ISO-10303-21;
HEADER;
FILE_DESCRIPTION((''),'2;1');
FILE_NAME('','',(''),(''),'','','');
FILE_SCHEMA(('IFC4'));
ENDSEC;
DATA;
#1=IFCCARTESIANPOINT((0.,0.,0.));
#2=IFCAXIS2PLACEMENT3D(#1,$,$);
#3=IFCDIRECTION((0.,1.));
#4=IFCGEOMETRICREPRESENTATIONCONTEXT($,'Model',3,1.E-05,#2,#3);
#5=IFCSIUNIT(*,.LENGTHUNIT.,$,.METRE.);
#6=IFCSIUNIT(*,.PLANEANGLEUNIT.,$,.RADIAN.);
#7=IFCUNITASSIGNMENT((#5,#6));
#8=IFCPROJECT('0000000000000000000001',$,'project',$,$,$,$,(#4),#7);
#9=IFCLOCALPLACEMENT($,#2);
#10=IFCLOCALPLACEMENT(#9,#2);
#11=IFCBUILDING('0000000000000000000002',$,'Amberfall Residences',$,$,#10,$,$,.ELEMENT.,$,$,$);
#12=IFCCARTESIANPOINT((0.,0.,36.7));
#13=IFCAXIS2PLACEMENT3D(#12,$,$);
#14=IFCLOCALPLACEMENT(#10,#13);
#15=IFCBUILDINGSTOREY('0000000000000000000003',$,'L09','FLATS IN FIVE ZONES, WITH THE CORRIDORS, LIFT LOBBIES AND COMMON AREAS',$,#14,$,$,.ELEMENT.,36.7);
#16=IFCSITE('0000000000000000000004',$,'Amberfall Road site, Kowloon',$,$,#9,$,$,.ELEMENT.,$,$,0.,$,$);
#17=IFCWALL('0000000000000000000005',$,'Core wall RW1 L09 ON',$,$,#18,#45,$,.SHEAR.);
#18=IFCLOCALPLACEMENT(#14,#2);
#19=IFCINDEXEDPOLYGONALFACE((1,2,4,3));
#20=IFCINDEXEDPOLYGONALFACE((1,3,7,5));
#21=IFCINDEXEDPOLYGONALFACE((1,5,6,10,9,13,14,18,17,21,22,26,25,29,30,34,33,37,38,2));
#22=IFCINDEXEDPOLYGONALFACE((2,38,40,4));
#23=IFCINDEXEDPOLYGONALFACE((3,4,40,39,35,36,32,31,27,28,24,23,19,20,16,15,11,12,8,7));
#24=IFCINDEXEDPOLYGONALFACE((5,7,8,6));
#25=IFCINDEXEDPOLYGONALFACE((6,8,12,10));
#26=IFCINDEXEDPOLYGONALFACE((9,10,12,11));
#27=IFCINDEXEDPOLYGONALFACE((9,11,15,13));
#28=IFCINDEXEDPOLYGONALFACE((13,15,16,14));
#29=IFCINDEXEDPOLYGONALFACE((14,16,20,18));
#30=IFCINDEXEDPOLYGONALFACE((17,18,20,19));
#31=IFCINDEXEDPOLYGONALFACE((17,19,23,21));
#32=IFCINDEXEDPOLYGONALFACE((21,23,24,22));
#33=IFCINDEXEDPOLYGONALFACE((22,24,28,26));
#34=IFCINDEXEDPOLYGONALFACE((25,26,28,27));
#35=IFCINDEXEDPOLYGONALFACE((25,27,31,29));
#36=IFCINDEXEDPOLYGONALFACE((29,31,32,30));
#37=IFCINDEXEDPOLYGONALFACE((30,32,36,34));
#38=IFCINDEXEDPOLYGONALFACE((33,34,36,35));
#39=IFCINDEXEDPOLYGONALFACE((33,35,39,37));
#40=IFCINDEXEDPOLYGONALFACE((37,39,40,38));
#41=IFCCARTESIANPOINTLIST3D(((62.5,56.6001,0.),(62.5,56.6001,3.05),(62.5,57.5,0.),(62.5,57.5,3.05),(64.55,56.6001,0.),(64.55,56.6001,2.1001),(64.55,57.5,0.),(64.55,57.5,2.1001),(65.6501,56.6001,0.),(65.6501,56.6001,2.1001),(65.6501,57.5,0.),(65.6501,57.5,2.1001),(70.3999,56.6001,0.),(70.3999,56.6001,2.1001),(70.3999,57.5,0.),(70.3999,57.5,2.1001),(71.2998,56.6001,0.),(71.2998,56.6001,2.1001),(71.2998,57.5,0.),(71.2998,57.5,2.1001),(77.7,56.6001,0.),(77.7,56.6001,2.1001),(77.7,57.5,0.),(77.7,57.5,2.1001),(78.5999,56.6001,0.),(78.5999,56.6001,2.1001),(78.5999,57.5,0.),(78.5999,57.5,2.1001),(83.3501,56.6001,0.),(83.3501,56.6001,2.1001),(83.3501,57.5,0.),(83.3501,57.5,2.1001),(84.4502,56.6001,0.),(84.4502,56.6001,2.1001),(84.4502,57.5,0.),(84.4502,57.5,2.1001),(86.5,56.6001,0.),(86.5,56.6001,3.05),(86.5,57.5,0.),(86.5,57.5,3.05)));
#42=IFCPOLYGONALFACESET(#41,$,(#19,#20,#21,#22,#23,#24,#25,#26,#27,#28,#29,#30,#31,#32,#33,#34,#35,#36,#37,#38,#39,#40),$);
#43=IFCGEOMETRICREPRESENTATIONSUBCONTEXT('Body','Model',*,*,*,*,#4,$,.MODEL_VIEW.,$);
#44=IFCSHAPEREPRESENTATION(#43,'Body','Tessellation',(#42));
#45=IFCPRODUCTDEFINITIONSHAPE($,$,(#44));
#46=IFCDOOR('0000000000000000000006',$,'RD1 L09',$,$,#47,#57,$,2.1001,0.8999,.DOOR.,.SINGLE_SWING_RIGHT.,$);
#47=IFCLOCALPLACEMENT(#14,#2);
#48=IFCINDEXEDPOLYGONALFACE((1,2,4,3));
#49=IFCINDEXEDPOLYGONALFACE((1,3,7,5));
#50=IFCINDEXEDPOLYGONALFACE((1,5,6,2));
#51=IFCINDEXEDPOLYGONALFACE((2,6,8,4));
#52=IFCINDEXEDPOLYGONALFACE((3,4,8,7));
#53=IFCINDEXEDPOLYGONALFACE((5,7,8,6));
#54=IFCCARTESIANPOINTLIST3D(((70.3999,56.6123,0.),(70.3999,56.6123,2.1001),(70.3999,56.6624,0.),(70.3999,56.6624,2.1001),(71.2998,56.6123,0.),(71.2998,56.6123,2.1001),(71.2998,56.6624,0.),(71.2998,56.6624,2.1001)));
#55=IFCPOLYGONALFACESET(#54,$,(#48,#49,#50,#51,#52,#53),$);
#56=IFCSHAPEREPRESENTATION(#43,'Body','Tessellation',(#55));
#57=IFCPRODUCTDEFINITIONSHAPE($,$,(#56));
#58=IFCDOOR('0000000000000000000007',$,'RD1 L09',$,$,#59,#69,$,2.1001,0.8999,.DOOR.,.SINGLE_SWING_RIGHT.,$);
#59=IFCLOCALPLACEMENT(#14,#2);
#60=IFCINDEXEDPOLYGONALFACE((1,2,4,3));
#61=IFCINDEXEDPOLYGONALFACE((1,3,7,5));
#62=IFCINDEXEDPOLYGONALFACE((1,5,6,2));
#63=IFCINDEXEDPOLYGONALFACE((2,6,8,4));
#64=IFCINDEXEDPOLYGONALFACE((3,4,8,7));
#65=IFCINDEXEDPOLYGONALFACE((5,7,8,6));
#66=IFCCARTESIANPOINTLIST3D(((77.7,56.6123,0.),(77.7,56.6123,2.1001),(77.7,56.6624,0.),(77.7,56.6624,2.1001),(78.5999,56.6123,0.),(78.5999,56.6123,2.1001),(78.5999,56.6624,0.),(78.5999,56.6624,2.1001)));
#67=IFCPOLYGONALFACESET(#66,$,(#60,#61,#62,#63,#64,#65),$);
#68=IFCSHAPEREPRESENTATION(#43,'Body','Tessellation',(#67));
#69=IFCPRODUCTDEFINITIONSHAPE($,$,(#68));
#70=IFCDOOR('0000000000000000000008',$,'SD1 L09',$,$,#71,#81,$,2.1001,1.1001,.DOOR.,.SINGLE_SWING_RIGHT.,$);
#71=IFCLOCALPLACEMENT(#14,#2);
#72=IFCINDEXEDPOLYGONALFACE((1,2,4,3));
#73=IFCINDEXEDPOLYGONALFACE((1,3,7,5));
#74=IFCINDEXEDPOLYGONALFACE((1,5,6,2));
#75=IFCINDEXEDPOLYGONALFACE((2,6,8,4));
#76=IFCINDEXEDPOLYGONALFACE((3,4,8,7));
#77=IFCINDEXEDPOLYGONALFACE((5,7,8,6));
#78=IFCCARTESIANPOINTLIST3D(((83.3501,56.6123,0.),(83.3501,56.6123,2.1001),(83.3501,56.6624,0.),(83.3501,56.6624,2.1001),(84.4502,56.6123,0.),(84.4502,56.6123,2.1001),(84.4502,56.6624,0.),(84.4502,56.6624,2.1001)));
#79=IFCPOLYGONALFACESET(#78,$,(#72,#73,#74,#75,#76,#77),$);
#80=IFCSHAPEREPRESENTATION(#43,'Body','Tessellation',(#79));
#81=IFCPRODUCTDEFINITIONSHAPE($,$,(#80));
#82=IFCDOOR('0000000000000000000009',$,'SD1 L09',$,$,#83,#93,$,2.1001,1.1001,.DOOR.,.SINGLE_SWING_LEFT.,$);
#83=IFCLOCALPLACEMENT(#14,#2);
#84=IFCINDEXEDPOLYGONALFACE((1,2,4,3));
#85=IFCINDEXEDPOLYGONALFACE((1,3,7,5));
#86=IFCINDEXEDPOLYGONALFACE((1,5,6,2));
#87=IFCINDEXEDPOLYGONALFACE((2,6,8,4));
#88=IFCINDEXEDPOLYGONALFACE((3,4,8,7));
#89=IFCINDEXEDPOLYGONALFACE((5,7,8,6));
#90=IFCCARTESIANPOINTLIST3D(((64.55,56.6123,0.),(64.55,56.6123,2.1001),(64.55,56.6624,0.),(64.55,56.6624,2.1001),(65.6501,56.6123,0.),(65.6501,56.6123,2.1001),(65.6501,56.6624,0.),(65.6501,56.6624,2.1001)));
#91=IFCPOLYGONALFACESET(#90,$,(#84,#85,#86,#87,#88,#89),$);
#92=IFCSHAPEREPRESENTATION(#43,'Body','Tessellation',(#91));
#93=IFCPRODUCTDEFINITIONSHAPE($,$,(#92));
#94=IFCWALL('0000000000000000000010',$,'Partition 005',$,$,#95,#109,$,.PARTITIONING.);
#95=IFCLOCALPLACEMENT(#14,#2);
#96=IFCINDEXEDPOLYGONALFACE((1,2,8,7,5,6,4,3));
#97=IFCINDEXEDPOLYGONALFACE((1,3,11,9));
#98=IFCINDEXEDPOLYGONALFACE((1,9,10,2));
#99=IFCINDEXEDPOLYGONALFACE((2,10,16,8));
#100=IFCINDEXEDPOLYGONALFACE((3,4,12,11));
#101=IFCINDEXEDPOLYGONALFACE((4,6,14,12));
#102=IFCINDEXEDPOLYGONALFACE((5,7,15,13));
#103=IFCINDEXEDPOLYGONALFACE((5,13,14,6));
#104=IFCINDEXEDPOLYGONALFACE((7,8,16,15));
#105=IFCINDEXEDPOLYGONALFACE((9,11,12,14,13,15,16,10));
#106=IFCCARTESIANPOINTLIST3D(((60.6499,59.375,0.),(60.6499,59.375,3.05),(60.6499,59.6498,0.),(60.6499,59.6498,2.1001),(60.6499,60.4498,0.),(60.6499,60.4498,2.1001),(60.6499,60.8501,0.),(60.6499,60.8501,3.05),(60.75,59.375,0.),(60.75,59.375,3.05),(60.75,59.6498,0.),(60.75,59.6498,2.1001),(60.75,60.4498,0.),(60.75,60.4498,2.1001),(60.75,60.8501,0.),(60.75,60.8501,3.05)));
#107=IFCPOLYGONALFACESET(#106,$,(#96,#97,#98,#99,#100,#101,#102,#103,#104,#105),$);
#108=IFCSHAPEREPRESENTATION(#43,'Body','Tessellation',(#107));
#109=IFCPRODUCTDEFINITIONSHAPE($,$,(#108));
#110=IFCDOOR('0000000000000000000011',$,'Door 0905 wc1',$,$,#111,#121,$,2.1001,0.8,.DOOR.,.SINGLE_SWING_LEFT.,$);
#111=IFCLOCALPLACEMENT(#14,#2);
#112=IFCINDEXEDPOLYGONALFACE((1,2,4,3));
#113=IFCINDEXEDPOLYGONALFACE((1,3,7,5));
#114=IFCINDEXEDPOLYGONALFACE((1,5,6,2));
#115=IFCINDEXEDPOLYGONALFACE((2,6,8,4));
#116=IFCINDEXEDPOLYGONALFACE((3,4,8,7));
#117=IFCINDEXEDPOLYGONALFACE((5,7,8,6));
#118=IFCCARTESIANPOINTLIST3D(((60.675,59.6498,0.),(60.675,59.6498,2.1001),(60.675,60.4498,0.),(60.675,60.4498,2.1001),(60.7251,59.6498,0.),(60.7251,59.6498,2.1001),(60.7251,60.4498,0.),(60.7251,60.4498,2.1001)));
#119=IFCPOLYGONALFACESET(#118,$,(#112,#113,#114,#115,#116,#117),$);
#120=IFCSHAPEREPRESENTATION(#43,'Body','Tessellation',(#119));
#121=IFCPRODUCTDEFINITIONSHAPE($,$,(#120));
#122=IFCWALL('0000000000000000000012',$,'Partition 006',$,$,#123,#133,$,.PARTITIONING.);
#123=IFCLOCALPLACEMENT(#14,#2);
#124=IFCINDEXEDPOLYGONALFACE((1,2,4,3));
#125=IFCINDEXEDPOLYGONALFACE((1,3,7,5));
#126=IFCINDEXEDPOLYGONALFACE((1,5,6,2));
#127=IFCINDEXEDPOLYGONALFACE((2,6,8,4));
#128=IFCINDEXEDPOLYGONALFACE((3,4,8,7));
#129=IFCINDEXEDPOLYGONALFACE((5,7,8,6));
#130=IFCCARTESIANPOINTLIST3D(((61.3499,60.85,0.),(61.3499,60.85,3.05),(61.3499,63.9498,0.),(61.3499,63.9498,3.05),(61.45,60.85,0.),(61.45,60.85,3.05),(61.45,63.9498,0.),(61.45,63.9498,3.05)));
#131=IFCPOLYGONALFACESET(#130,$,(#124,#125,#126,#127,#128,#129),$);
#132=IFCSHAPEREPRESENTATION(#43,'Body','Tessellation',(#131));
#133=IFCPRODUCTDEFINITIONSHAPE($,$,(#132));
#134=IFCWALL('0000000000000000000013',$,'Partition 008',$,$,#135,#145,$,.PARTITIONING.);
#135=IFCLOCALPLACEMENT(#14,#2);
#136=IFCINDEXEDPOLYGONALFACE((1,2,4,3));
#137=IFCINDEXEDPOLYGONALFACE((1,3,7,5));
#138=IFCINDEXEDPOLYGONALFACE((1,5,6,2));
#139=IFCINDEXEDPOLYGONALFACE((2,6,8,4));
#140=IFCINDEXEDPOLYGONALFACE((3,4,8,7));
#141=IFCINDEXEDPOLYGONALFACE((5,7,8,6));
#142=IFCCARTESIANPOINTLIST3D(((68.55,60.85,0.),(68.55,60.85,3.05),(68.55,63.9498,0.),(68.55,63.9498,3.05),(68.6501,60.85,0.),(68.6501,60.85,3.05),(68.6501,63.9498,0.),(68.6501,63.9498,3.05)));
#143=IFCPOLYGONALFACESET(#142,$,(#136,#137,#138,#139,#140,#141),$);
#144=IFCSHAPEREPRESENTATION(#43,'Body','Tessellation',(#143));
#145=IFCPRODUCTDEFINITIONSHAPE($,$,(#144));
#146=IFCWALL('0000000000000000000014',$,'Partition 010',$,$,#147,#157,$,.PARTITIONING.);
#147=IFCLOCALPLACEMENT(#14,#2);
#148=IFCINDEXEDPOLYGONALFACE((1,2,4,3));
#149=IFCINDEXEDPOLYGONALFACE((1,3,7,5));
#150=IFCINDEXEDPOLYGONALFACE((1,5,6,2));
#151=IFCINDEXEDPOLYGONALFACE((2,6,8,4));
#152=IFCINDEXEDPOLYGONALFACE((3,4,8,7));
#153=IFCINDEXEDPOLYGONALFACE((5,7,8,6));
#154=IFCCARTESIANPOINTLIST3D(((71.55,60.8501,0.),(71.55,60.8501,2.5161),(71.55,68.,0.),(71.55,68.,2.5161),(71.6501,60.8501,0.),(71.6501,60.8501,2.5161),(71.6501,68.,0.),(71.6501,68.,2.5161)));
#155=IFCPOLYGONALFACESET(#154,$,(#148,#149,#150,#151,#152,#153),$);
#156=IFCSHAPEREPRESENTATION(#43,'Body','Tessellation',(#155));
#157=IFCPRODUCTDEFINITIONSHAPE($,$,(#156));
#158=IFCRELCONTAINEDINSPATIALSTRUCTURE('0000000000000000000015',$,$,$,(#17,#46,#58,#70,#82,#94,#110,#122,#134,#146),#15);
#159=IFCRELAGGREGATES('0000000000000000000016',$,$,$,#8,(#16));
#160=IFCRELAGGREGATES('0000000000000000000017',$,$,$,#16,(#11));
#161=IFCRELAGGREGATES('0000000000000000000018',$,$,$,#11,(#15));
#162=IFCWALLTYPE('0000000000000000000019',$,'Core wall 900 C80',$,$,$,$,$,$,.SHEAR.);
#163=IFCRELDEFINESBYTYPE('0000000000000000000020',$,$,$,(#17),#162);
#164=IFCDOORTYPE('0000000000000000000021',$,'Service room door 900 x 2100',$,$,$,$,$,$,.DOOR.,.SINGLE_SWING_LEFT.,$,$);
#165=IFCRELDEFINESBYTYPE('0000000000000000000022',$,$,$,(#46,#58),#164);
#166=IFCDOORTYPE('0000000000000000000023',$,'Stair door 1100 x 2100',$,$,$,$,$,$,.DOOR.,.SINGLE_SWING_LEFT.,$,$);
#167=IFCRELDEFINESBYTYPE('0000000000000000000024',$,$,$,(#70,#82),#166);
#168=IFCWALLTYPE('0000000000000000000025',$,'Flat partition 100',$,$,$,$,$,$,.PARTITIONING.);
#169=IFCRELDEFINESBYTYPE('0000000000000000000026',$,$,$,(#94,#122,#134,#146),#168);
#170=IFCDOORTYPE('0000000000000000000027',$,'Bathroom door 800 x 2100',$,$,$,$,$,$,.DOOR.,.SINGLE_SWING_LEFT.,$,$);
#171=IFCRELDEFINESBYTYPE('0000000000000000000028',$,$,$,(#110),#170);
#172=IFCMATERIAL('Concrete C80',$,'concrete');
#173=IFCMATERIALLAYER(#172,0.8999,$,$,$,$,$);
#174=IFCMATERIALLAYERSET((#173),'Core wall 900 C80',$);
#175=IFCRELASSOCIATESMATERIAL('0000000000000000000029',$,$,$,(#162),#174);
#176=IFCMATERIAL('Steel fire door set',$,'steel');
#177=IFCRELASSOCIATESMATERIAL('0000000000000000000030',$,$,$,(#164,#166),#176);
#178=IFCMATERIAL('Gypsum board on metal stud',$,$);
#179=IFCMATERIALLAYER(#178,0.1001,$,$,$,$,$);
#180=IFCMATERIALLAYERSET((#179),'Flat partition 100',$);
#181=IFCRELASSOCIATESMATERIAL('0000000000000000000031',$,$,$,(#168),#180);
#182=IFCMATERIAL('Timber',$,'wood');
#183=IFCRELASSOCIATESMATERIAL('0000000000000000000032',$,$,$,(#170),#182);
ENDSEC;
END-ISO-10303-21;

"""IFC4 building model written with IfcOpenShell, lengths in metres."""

from ifc_helpers import new_model, si_unit, direction, frame, frame_2d, origin, place, context, subcontext, project, spatial, rectangle, extrude, material, layer, layer_set, type_object, element, fill, save


model = new_model("IFC4")

# Units and contexts
model_context = context("Model", 3, precision=1e-05, world=origin(), true_north=direction((0.0, 1.0)))
body_context = subcontext(model_context, "Body", "Model", "MODEL_VIEW")
ifc_project = project(units=[si_unit("LENGTHUNIT", "METRE"), si_unit("PLANEANGLEUNIT", "RADIAN")], contexts=[model_context])

# Site, building, storey
site_placement = place(None, origin())
site = spatial("IfcSite", under=ifc_project, at=site_placement, Name="Amberfall Road site, Kowloon", CompositionType="ELEMENT", RefElevation=0.0)
building_placement = place(site_placement, origin())
building = spatial("IfcBuilding", under=site, at=building_placement, Name="Amberfall Residences", CompositionType="ELEMENT")
storey_placement = place(building_placement, frame((0.0, 0.0, 36.7)))
storey = spatial("IfcBuildingStorey", under=building, at=storey_placement, Name="L09", Description="FLATS IN FIVE ZONES, WITH THE CORRIDORS, LIFT LOBBIES AND COMMON AREAS", CompositionType="ELEMENT", Elevation=36.7)

# Wall, openings, doors
ifc_material_1 = material(Name="Concrete C80", Category="concrete")
ifc_layer_1 = layer(ifc_material_1, 0.8999)
ifc_layer_set_1 = layer_set([ifc_layer_1], Name="Core wall 900 C80")
wall_type_1 = type_object("IfcWallType", Name="Core wall 900 C80", PredefinedType="SHEAR", material=ifc_layer_set_1)
wall_1_placement = place(storey_placement, frame((62.5, 57.05, 0.0), z_axis=(0.0, 0.0, 1.0), x_axis=(1.0, 0.0, 0.0)))
wall_1 = element("IfcWall", 1, at=wall_1_placement, inside=storey, type_object=wall_type_1, Name="Core wall RW1 L09 ON", PredefinedType="SHEAR", context=body_context, shape_type="SweptSolid", body=[
    extrude(rectangle(XDim=24.0, YDim=0.8999, at=frame_2d((12.0, 0.0))), origin(), (0.0, 0.0, 1.0), 3.05),
])
opening_1_placement = place(wall_1_placement, frame((20.8501, 0.0, 0.0)))
opening_1 = element("IfcOpeningElement", 2, at=opening_1_placement, cuts=wall_1, PredefinedType="OPENING", context=body_context, shape_type="SweptSolid", body=[
    extrude(rectangle(XDim=1.1001, YDim=2.1001, at=frame_2d((0.55, 1.05))), frame((0.0, 0.46, 0.0), z_axis=(0.0, -1.0, 0.0), x_axis=(1.0, 0.0, 0.0)), (0.0, 0.0, 1.0), 0.9199),
])
opening_2_placement = place(wall_1_placement, frame((2.05, 0.0, 0.0)))
opening_2 = element("IfcOpeningElement", 3, at=opening_2_placement, cuts=wall_1, PredefinedType="OPENING", context=body_context, shape_type="SweptSolid", body=[
    extrude(rectangle(XDim=1.1001, YDim=2.1001, at=frame_2d((0.55, 1.05))), frame((0.0, 0.46, 0.0), z_axis=(0.0, -1.0, 0.0), x_axis=(1.0, 0.0, 0.0)), (0.0, 0.0, 1.0), 0.9199),
])
opening_3_placement = place(wall_1_placement, frame((7.8999, 0.0, 0.0)))
opening_3 = element("IfcOpeningElement", 4, at=opening_3_placement, cuts=wall_1, PredefinedType="OPENING", context=body_context, shape_type="SweptSolid", body=[
    extrude(rectangle(XDim=0.8999, YDim=2.1001, at=frame_2d((0.45, 1.05))), frame((0.0, 0.46, 0.0), z_axis=(0.0, -1.0, 0.0), x_axis=(1.0, 0.0, 0.0)), (0.0, 0.0, 1.0), 0.9199),
])
opening_4_placement = place(wall_1_placement, frame((15.2, 0.0, 0.0)))
opening_4 = element("IfcOpeningElement", 5, at=opening_4_placement, cuts=wall_1, PredefinedType="OPENING", context=body_context, shape_type="SweptSolid", body=[
    extrude(rectangle(XDim=0.8999, YDim=2.1001, at=frame_2d((0.45, 1.05))), frame((0.0, 0.46, 0.0), z_axis=(0.0, -1.0, 0.0), x_axis=(1.0, 0.0, 0.0)), (0.0, 0.0, 1.0), 0.9199),
])
ifc_material_2 = material(Name="Steel fire door set", Category="steel")
door_type_1 = type_object("IfcDoorType", Name="Service room door 900 x 2100", OperationType="SINGLE_SWING_LEFT", PredefinedType="DOOR", material=ifc_material_2)
door_1_placement = place(opening_3_placement, origin())
door_1 = element("IfcDoor", 6, at=door_1_placement, inside=storey, type_object=door_type_1, Name="RD1 L09", OperationType="SINGLE_SWING_RIGHT", OverallHeight=2.1001, OverallWidth=0.8999, PredefinedType="DOOR", context=body_context, shape_type="SweptSolid", body=[
    extrude(rectangle(XDim=0.8999, YDim=2.1001, at=frame_2d((0.45, 1.05))), frame((0.0, -0.3877, 0.0), z_axis=(0.0, -1.0, 0.0), x_axis=(1.0, 0.0, 0.0)), (0.0, 0.0, 1.0), 0.05),
])
fill(opening_3, door_1)
door_2_placement = place(opening_4_placement, origin())
door_2 = element("IfcDoor", 7, at=door_2_placement, inside=storey, type_object=door_type_1, Name="RD1 L09", OperationType="SINGLE_SWING_RIGHT", OverallHeight=2.1001, OverallWidth=0.8999, PredefinedType="DOOR", context=body_context, shape_type="SweptSolid", body=[
    extrude(rectangle(XDim=0.8999, YDim=2.1001, at=frame_2d((0.45, 1.05))), frame((0.0, -0.3877, 0.0), z_axis=(0.0, -1.0, 0.0), x_axis=(1.0, 0.0, 0.0)), (0.0, 0.0, 1.0), 0.05),
])
fill(opening_4, door_2)
door_type_2 = type_object("IfcDoorType", Name="Stair door 1100 x 2100", OperationType="SINGLE_SWING_LEFT", PredefinedType="DOOR", material=ifc_material_2)
door_3_placement = place(opening_1_placement, origin())
door_3 = element("IfcDoor", 8, at=door_3_placement, inside=storey, type_object=door_type_2, Name="SD1 L09", OperationType="SINGLE_SWING_RIGHT", OverallHeight=2.1001, OverallWidth=1.1001, PredefinedType="DOOR", context=body_context, shape_type="SweptSolid", body=[
    extrude(rectangle(XDim=1.1001, YDim=2.1001, at=frame_2d((0.55, 1.05))), frame((0.0, -0.3877, 0.0), z_axis=(0.0, -1.0, 0.0), x_axis=(1.0, 0.0, 0.0)), (0.0, 0.0, 1.0), 0.05),
])
fill(opening_1, door_3)
door_4_placement = place(opening_2_placement, origin())
door_4 = element("IfcDoor", 9, at=door_4_placement, inside=storey, type_object=door_type_2, Name="SD1 L09", OperationType="SINGLE_SWING_LEFT", OverallHeight=2.1001, OverallWidth=1.1001, PredefinedType="DOOR", context=body_context, shape_type="SweptSolid", body=[
    extrude(rectangle(XDim=1.1001, YDim=2.1001, at=frame_2d((0.55, 1.05))), frame((0.0, -0.3877, 0.0), z_axis=(0.0, -1.0, 0.0), x_axis=(1.0, 0.0, 0.0)), (0.0, 0.0, 1.0), 0.05),
])
fill(opening_2, door_4)

# Wall, opening, door
ifc_material_3 = material(Name="Gypsum board on metal stud")
ifc_layer_2 = layer(ifc_material_3, 0.1001)
ifc_layer_set_2 = layer_set([ifc_layer_2], Name="Flat partition 100")
wall_type_2 = type_object("IfcWallType", Name="Flat partition 100", PredefinedType="PARTITIONING", material=ifc_layer_set_2)
wall_2_placement = place(storey_placement, frame((60.7, 59.375, 0.0), z_axis=(0.0, 0.0, 1.0), x_axis=(0.0, 1.0, 0.0)))
wall_2 = element("IfcWall", 10, at=wall_2_placement, inside=storey, type_object=wall_type_2, Name="Partition 005", PredefinedType="PARTITIONING", context=body_context, shape_type="SweptSolid", body=[
    extrude(rectangle(XDim=1.4751, YDim=0.1001, at=frame_2d((0.7375, 0.0))), origin(), (0.0, 0.0, 1.0), 3.05),
])
opening_5_placement = place(wall_2_placement, frame((0.2749, 0.0, 0.0)))
opening_5 = element("IfcOpeningElement", 11, at=opening_5_placement, cuts=wall_2, PredefinedType="OPENING", context=body_context, shape_type="SweptSolid", body=[
    extrude(rectangle(XDim=0.8, YDim=2.1001, at=frame_2d((0.3999, 1.05))), frame((0.0, 0.0601, 0.0), z_axis=(0.0, -1.0, 0.0), x_axis=(1.0, 0.0, 0.0)), (0.0, 0.0, 1.0), 0.1201),
])
ifc_material_4 = material(Name="Timber", Category="wood")
door_type_3 = type_object("IfcDoorType", Name="Bathroom door 800 x 2100", OperationType="SINGLE_SWING_LEFT", PredefinedType="DOOR", material=ifc_material_4)
door_5_placement = place(opening_5_placement, origin())
door_5 = element("IfcDoor", 12, at=door_5_placement, inside=storey, type_object=door_type_3, Name="Door 0905 wc1", OperationType="SINGLE_SWING_LEFT", OverallHeight=2.1001, OverallWidth=0.8, PredefinedType="DOOR", context=body_context, shape_type="SweptSolid", body=[
    extrude(rectangle(XDim=0.8, YDim=2.1001, at=frame_2d((0.3999, 1.05))), frame((0.0, 0.0249, 0.0), z_axis=(0.0, -1.0, 0.0), x_axis=(1.0, 0.0, 0.0)), (0.0, 0.0, 1.0), 0.05),
])
fill(opening_5, door_5)

# Walls
for number, where, z_axis, x_axis, name in (
    (13, (61.3999, 60.8501, 0.0), (0.0, 0.0, 1.0), (0.0, 1.0, 0.0), "Partition 006"),
    (14, (68.6001, 60.8501, 0.0), (0.0, 0.0, 1.0), (0.0, 1.0, 0.0), "Partition 008"),
):
    element("IfcWall", number, at=place(storey_placement, frame(where, z_axis=z_axis, x_axis=x_axis)), inside=storey, type_object=wall_type_2, Name=name, PredefinedType="PARTITIONING", context=body_context, shape_type="SweptSolid", body=[
        extrude(rectangle(XDim=3.0999, YDim=0.1001, at=frame_2d((1.5498, 0.0))), origin(), (0.0, 0.0, 1.0), 3.05),
    ])
wall_3_placement = place(storey_placement, frame((71.6001, 60.8501, 0.0), z_axis=(0.0, 0.0, 1.0), x_axis=(0.0, 1.0, 0.0)))
element("IfcWall", 15, at=wall_3_placement, inside=storey, type_object=wall_type_2, Name="Partition 010", PredefinedType="PARTITIONING", context=body_context, shape_type="SweptSolid", body=[
    extrude(rectangle(XDim=7.1499, YDim=0.1001, at=frame_2d((3.575, 0.0))), origin(), (0.0, 0.0, 1.0), 2.5161),
])

save(model, "model.ifc")
